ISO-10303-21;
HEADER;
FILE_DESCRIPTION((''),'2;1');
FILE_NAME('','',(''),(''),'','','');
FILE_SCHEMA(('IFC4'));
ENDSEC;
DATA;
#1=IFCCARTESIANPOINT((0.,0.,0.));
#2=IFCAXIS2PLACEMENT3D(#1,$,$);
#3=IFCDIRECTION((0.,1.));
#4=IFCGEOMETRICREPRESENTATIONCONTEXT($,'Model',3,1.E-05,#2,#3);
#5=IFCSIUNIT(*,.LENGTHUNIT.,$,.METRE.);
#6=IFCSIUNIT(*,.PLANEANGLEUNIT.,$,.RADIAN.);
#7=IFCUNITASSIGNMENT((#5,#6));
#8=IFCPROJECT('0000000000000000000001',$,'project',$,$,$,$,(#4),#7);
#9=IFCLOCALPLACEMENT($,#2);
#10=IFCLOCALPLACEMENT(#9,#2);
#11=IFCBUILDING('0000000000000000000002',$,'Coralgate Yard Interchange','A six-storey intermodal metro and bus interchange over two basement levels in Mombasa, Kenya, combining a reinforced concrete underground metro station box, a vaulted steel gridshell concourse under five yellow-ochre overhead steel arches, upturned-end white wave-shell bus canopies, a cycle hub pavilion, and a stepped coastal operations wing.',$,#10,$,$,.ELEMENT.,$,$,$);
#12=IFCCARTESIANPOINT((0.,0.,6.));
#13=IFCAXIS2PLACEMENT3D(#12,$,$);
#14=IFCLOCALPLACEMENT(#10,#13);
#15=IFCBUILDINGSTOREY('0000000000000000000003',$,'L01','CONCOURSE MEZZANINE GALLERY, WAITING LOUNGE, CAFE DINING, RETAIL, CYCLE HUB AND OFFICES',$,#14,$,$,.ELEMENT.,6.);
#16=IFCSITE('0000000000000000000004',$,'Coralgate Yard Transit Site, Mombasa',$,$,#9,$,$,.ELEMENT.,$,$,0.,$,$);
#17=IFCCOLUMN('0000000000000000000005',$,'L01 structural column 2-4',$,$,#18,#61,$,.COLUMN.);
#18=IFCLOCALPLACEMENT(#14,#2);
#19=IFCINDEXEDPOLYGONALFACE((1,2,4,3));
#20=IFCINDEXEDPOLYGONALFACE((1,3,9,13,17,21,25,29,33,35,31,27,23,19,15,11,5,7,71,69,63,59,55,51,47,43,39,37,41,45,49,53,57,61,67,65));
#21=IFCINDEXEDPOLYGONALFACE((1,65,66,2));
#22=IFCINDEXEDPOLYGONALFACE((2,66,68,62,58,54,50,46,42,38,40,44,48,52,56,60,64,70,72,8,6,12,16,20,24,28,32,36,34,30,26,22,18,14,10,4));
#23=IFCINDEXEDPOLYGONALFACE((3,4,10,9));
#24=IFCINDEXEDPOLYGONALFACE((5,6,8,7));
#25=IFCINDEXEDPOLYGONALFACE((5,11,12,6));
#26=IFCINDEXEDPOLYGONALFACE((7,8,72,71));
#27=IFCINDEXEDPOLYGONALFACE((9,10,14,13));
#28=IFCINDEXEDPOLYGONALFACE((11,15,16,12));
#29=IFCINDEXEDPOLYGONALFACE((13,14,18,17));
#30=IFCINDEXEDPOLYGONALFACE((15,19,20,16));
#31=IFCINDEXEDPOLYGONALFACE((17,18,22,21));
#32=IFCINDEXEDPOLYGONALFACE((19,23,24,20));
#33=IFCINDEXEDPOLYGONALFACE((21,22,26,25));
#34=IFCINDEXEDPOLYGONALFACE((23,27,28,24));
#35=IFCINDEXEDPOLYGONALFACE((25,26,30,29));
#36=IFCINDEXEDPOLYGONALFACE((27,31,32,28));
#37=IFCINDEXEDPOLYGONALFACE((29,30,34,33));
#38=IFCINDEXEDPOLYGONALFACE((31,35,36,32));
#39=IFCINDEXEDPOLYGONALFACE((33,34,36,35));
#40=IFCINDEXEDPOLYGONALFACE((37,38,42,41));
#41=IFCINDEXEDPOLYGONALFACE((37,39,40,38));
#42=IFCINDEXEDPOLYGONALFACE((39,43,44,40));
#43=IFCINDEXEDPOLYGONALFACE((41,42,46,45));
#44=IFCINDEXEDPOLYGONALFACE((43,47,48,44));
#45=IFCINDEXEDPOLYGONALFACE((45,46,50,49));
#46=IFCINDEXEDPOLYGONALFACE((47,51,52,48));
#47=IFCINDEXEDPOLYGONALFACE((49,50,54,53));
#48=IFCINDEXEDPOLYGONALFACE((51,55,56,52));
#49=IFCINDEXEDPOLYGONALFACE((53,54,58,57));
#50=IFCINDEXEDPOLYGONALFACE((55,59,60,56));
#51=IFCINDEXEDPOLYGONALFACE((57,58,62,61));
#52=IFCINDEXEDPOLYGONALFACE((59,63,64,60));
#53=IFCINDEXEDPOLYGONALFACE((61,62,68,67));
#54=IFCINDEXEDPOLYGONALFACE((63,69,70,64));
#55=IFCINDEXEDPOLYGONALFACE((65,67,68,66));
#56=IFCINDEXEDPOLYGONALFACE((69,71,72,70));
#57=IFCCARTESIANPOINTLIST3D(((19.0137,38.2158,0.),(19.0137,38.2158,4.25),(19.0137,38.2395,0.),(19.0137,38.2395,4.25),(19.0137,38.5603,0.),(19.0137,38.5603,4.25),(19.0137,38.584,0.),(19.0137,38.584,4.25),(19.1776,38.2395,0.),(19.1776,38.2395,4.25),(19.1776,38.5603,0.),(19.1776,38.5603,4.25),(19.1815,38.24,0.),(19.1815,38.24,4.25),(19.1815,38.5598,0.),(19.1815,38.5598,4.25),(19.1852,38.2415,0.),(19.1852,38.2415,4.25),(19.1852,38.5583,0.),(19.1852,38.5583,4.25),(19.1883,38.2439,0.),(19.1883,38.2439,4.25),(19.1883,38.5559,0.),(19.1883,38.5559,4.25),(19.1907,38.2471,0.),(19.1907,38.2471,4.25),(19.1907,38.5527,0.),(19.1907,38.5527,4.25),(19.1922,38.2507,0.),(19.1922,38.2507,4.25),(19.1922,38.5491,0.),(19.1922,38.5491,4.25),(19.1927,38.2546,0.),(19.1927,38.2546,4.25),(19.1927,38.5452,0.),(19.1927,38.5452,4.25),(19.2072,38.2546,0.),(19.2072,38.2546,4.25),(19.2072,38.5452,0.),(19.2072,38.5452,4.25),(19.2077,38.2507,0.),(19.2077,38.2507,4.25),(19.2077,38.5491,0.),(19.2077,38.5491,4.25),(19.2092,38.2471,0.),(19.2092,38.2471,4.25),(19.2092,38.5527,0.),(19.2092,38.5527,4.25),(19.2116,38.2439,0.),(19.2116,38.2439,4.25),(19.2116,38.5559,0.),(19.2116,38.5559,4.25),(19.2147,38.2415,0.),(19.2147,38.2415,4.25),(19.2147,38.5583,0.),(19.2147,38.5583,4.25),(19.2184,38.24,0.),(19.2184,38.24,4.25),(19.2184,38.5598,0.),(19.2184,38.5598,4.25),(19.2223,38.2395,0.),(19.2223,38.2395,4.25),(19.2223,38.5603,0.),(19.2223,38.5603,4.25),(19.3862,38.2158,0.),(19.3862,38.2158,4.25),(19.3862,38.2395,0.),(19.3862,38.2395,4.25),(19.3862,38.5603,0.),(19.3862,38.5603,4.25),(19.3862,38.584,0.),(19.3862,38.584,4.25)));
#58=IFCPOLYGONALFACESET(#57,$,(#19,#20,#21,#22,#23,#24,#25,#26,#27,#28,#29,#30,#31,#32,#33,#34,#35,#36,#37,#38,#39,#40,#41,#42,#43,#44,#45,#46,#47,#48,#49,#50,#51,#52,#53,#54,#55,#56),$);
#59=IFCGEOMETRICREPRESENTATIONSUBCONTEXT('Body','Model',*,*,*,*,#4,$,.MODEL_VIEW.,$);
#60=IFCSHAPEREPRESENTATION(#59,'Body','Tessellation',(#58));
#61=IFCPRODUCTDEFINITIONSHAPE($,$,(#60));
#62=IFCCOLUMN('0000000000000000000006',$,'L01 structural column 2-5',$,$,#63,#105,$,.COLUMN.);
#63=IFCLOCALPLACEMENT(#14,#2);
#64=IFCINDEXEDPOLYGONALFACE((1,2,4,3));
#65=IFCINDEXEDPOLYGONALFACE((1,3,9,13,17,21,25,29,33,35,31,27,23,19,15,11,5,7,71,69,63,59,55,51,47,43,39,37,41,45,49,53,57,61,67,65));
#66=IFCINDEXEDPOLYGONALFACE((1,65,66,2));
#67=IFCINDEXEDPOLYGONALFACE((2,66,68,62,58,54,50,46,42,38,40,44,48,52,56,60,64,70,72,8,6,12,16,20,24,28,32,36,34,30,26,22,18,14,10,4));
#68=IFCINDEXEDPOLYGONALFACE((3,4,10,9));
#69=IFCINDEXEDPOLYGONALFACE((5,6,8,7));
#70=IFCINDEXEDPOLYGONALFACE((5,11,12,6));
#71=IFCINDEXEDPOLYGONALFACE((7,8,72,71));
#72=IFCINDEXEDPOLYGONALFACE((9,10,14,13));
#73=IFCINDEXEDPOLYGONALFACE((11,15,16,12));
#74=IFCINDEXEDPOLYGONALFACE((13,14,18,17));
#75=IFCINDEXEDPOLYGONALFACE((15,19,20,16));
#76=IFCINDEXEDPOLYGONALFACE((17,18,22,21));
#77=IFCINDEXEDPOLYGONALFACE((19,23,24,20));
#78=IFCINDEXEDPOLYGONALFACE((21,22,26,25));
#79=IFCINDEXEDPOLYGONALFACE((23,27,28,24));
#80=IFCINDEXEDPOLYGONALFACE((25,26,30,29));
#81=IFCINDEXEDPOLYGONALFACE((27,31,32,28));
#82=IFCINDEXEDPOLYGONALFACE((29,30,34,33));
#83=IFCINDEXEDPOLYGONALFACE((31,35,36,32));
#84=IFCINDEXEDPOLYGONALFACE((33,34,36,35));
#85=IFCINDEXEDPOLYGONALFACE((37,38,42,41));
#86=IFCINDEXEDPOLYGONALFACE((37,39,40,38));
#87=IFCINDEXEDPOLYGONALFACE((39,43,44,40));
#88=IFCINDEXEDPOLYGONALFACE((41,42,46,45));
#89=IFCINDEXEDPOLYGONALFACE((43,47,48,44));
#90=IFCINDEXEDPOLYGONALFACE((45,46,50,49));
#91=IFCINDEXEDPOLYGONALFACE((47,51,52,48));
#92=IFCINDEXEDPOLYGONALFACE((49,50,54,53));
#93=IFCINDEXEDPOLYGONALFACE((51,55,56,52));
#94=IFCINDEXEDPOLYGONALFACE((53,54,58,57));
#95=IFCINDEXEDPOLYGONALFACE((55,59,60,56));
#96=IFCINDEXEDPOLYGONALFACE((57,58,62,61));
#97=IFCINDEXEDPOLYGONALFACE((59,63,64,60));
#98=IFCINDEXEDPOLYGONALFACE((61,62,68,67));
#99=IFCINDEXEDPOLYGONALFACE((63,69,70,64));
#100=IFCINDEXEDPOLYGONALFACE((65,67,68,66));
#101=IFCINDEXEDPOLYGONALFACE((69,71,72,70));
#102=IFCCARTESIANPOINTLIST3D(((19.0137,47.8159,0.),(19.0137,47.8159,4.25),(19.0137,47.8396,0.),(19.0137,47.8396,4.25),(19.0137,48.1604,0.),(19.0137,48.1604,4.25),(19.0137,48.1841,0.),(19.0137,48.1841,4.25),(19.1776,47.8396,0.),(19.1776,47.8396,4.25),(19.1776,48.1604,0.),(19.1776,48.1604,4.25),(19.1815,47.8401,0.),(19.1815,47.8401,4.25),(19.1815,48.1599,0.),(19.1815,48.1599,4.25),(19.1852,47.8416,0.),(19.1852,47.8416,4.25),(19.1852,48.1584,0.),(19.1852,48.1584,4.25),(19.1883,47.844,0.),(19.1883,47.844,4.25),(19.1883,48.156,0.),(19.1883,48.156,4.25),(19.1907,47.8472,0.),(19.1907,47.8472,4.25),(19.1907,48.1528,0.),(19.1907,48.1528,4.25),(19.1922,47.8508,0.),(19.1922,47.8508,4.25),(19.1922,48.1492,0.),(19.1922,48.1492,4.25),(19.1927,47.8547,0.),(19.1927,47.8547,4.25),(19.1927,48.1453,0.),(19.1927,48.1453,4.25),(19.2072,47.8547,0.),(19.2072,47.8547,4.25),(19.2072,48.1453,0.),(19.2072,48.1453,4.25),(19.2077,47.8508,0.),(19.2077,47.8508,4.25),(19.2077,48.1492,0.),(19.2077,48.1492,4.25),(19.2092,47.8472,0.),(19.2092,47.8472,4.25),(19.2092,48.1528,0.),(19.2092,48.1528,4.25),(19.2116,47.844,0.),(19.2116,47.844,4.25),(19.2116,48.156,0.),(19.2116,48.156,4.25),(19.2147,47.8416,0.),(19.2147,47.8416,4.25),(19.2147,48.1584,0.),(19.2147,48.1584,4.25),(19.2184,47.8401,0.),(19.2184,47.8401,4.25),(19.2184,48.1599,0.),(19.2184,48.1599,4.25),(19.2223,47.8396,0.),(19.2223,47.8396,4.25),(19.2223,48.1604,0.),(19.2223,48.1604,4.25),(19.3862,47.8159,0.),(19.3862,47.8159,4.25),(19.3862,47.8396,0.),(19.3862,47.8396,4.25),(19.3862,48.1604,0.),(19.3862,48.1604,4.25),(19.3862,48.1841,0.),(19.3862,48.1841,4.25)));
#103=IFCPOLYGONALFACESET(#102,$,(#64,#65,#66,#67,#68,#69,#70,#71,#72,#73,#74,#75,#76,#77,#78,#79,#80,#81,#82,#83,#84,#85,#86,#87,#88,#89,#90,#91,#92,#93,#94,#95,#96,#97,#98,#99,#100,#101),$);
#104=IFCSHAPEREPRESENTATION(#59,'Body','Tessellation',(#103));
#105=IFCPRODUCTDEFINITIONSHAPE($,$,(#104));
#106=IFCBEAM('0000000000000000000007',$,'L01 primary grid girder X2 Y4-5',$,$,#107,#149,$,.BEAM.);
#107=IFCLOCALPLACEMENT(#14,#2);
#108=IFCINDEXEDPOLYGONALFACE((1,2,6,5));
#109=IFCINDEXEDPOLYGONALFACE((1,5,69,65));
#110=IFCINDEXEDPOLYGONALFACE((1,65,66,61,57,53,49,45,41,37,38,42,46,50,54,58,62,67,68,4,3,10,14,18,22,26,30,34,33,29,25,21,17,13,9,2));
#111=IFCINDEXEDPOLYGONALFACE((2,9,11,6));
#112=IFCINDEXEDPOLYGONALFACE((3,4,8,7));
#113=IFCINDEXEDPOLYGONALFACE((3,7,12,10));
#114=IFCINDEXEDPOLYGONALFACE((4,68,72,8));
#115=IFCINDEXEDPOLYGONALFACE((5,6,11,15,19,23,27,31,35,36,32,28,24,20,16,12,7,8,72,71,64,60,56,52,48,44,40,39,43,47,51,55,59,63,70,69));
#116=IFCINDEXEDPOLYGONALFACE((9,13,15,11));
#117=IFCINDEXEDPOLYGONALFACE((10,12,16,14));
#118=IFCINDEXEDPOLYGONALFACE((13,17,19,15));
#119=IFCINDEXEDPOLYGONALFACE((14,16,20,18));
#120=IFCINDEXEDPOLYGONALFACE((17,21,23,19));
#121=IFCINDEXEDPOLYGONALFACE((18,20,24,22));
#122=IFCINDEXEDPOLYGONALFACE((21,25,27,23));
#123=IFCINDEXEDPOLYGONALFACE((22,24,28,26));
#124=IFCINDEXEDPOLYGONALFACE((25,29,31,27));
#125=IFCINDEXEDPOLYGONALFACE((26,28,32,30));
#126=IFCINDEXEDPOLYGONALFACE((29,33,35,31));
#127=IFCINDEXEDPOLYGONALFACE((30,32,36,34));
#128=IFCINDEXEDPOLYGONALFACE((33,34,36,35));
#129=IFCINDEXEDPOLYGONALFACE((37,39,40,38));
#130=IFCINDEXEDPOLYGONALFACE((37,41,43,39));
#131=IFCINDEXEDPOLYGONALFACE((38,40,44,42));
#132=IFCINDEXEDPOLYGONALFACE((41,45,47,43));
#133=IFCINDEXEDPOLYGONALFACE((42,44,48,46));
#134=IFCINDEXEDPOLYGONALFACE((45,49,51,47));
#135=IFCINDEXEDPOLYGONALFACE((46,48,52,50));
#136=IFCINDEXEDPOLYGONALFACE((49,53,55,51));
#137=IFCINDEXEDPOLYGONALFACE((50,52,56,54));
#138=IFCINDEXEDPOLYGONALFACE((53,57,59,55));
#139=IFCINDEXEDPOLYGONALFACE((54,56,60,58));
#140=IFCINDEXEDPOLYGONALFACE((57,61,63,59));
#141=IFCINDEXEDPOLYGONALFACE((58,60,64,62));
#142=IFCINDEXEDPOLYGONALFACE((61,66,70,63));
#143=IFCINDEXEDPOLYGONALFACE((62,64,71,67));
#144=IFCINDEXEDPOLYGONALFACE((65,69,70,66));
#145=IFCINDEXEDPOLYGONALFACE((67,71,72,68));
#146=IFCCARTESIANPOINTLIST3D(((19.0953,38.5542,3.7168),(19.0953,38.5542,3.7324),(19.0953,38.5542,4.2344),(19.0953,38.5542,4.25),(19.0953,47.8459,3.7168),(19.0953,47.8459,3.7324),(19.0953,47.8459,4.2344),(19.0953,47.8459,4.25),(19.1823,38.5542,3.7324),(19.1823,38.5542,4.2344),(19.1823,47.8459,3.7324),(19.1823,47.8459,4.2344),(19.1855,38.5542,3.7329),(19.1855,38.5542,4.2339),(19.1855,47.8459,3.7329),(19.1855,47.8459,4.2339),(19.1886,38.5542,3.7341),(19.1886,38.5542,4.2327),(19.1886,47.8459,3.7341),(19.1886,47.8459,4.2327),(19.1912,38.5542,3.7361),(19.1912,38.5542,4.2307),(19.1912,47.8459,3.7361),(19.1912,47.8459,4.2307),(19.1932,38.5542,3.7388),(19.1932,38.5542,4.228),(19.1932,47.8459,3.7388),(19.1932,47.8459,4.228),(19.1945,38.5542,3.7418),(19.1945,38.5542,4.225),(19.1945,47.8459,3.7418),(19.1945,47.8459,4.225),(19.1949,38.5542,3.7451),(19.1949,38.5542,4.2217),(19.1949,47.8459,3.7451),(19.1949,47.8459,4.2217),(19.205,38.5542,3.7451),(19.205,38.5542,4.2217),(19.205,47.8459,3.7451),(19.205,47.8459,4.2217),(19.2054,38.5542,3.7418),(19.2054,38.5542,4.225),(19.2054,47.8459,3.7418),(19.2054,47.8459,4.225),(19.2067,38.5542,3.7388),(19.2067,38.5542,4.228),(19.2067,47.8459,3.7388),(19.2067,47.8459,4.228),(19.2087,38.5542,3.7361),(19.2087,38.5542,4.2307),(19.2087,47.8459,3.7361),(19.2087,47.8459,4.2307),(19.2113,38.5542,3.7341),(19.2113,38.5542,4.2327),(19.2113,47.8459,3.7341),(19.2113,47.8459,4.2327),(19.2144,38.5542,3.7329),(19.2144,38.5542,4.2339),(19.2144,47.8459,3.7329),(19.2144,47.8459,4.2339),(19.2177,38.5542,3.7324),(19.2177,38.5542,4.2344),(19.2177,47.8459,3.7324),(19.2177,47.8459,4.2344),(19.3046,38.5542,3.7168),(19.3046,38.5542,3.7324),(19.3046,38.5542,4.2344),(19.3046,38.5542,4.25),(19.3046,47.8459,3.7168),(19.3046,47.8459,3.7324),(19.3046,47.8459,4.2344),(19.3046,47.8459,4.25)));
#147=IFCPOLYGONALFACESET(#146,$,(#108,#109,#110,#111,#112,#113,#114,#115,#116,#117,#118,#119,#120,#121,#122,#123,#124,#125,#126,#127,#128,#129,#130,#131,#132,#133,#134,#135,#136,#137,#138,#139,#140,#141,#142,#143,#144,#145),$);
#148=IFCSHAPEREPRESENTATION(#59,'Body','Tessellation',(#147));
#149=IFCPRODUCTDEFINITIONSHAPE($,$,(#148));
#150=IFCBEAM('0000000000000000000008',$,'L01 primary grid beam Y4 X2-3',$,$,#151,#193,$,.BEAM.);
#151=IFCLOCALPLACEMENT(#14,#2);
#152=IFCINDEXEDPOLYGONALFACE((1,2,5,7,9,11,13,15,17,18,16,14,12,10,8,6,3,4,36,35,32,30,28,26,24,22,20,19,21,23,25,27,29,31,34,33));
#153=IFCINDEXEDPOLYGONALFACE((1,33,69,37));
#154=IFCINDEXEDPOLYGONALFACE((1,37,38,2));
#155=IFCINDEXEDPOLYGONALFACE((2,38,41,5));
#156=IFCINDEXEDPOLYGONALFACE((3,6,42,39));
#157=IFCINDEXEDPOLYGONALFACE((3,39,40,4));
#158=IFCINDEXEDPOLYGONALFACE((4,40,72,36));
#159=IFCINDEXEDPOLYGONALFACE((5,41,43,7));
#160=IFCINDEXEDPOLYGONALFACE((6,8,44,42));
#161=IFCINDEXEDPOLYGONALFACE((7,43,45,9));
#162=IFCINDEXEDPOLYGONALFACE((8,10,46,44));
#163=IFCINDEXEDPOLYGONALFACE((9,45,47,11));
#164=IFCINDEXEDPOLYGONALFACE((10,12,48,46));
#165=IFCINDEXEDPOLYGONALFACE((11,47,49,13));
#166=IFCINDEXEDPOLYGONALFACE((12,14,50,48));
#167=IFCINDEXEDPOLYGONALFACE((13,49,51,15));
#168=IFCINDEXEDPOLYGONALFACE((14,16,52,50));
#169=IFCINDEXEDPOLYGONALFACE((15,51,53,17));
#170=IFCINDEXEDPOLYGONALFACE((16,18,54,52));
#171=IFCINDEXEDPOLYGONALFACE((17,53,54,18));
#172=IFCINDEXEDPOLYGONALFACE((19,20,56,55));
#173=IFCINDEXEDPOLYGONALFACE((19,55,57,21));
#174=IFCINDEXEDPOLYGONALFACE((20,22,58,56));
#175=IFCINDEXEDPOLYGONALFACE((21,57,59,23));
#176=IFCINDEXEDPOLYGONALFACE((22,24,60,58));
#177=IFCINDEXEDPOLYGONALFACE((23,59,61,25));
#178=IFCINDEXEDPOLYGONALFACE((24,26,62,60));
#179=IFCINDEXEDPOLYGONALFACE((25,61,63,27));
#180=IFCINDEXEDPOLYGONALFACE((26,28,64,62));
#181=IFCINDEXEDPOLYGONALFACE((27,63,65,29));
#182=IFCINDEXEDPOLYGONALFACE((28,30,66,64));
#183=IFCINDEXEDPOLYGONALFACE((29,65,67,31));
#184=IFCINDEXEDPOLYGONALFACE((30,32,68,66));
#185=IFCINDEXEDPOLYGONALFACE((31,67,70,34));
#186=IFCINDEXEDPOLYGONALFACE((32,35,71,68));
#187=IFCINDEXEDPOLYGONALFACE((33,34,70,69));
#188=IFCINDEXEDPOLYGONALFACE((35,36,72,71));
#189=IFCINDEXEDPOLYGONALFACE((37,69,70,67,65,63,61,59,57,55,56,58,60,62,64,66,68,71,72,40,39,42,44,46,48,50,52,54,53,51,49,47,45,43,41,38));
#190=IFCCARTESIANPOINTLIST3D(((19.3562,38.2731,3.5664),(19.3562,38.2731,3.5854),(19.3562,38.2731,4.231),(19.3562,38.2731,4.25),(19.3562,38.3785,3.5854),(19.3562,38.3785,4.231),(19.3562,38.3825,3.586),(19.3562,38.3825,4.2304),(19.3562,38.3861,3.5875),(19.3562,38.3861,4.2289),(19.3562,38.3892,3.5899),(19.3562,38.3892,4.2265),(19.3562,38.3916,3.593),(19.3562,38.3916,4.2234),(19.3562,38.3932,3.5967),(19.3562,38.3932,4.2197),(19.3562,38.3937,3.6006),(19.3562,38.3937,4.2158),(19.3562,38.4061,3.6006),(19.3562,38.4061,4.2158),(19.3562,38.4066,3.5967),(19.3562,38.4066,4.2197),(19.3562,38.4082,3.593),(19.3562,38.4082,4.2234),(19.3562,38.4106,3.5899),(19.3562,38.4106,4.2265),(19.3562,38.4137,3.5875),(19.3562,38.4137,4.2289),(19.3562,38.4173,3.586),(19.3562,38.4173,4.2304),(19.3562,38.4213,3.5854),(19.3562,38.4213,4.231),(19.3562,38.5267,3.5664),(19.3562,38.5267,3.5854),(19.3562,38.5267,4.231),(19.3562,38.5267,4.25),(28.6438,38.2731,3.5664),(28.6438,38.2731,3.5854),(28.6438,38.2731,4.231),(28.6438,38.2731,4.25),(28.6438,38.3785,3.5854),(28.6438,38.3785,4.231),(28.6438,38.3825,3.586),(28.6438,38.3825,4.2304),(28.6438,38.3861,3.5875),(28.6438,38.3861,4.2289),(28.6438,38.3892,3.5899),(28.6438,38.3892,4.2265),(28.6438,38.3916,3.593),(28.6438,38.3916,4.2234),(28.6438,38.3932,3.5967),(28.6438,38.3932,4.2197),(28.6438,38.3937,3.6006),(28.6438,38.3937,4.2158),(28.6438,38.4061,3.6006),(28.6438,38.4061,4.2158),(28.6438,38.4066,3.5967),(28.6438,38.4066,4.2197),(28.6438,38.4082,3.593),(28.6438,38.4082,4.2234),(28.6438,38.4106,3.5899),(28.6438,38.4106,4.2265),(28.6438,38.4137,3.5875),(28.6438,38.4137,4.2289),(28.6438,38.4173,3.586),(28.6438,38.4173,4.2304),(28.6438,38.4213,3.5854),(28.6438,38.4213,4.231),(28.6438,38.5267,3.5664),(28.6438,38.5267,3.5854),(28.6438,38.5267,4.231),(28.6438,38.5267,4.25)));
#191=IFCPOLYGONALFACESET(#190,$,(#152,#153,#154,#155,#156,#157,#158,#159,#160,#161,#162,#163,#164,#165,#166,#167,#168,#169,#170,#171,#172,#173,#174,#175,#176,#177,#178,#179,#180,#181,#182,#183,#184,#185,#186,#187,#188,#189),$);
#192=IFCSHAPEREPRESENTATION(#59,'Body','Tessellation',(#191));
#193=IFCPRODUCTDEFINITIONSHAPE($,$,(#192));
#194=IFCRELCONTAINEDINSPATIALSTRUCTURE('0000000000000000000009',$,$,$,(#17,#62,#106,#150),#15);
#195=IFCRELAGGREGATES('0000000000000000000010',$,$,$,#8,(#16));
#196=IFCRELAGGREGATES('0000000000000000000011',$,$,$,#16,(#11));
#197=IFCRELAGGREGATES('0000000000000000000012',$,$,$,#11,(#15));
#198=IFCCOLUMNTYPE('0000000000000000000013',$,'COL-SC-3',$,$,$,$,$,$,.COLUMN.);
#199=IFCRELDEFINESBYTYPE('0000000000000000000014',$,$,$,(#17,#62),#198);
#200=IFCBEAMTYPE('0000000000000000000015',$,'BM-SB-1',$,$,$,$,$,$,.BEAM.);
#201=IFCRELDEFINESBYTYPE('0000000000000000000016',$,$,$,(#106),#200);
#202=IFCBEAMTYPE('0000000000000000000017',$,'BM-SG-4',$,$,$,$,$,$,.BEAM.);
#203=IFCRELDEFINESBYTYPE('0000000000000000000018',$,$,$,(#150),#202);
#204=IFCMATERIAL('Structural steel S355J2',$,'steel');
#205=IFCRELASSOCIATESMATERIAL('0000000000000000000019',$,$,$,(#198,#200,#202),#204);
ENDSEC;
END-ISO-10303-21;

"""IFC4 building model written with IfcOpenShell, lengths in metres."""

from ifc_helpers import new_model, si_unit, direction, frame, origin, origin_2d, place, context, subcontext, project, spatial, i_section, extrude, material, material_profile, profile_set, type_object, element, save


model = new_model("IFC4")

# Units and contexts
model_context = context("Model", 3, precision=1e-05, world=origin(), true_north=direction((0.0, 1.0)))
body_context = subcontext(model_context, "Body", "Model", "MODEL_VIEW")
ifc_project = project(units=[si_unit("LENGTHUNIT", "METRE"), si_unit("PLANEANGLEUNIT", "RADIAN")], contexts=[model_context])

# Site, building, storey
site_placement = place(None, origin())
site = spatial("IfcSite", under=ifc_project, at=site_placement, Name="Coralgate Yard Transit Site, Mombasa", CompositionType="ELEMENT", RefElevation=0.0)
building_placement = place(site_placement, origin())
building = spatial("IfcBuilding", under=site, at=building_placement, Name="Coralgate Yard Interchange", Description="A six-storey intermodal metro and bus interchange over two basement levels in Mombasa, Kenya, combining a reinforced concrete underground metro station box, a vaulted steel gridshell concourse under five yellow-ochre overhead steel arches, upturned-end white wave-shell bus canopies, a cycle hub pavilion, and a stepped coastal operations wing.", CompositionType="ELEMENT")
storey_placement = place(building_placement, frame((0.0, 0.0, 6.0)))
storey = spatial("IfcBuildingStorey", under=building, at=storey_placement, Name="L01", Description="CONCOURSE MEZZANINE GALLERY, WAITING LOUNGE, CAFE DINING, RETAIL, CYCLE HUB AND OFFICES", CompositionType="ELEMENT", Elevation=6.0)

# Columns
ifc_material_1 = material(Name="Structural steel S355J2", Category="steel")
ifc_material_profile_1 = material_profile(ifc_material_1, i_section(OverallWidth=0.3726, OverallDepth=0.3682, WebThickness=0.0144, FlangeThickness=0.0237, FilletRadius=0.0151, at=origin_2d()), Name="UC 356x368x177")
ifc_profile_set_1 = profile_set([ifc_material_profile_1], Name="Structural steel S355J2")
column_type = type_object("IfcColumnType", Name="COL-SC-3", PredefinedType="COLUMN", material=ifc_profile_set_1)
for number, where, z_axis, x_axis, name in (
    (1, (19.2, 38.3999, 0.0), (0.0, 0.0, 1.0), (1.0, 0.0, 0.0), "L01 structural column 2-4"),
    (2, (19.2, 48.0, 0.0), (0.0, 0.0, 1.0), (1.0, 0.0, 0.0), "L01 structural column 2-5"),
):
    element("IfcColumn", number, at=place(storey_placement, frame(where, z_axis=z_axis, x_axis=x_axis)), inside=storey, type_object=column_type, Name=name, PredefinedType="COLUMN", context=body_context, shape_type="SweptSolid", body=[
        extrude(i_section(OverallWidth=0.3726, OverallDepth=0.3682, WebThickness=0.0144, FlangeThickness=0.0237, FilletRadius=0.0151, at=origin_2d()), origin(), (0.0, 0.0, 1.0), 4.25),
    ])

# Beams
ifc_material_profile_2 = material_profile(ifc_material_1, i_section(OverallWidth=0.2092, OverallDepth=0.5332, WebThickness=0.01, FlangeThickness=0.0156, FilletRadius=0.0127, at=origin_2d()), Name="UB 533x210x92")
ifc_profile_set_2 = profile_set([ifc_material_profile_2], Name="Structural steel S355J2")
beam_type_1 = type_object("IfcBeamType", Name="BM-SB-1", PredefinedType="BEAM", material=ifc_profile_set_2)
beam_placement = place(storey_placement, frame((19.2, 38.5542, 3.9834), z_axis=(0.0, 1.0, 0.0), x_axis=(-1.0, 0.0, 0.0)))
element("IfcBeam", 3, at=beam_placement, inside=storey, type_object=beam_type_1, Name="L01 primary grid girder X2 Y4-5", PredefinedType="BEAM", context=body_context, shape_type="SweptSolid", body=[
    extrude(i_section(OverallWidth=0.2092, OverallDepth=0.5332, WebThickness=0.01, FlangeThickness=0.0156, FilletRadius=0.0127, at=origin_2d()), origin(), (0.0, 0.0, 1.0), 9.2917),
])
ifc_material_profile_3 = material_profile(ifc_material_1, i_section(OverallWidth=0.2537, OverallDepth=0.6836, WebThickness=0.0125, FlangeThickness=0.019, FilletRadius=0.0151, at=origin_2d()), Name="UB 686x254x140")
ifc_profile_set_3 = profile_set([ifc_material_profile_3], Name="Structural steel S355J2")
beam_type_2 = type_object("IfcBeamType", Name="BM-SG-4", PredefinedType="BEAM", material=ifc_profile_set_3)
for number, where, z_axis, x_axis, name in (
    (4, (19.3562, 38.3999, 3.9082), (1.0, 0.0, 0.0), (0.0, 1.0, 0.0), "L01 primary grid beam Y4 X2-3"),
):
    element("IfcBeam", number, at=place(storey_placement, frame(where, z_axis=z_axis, x_axis=x_axis)), inside=storey, type_object=beam_type_2, Name=name, PredefinedType="BEAM", context=body_context, shape_type="SweptSolid", body=[
        extrude(i_section(OverallWidth=0.2537, OverallDepth=0.6836, WebThickness=0.0125, FlangeThickness=0.019, FilletRadius=0.0151, at=origin_2d()), origin(), (0.0, 0.0, 1.0), 9.2876),
    ])

save(model, "model.ifc")
